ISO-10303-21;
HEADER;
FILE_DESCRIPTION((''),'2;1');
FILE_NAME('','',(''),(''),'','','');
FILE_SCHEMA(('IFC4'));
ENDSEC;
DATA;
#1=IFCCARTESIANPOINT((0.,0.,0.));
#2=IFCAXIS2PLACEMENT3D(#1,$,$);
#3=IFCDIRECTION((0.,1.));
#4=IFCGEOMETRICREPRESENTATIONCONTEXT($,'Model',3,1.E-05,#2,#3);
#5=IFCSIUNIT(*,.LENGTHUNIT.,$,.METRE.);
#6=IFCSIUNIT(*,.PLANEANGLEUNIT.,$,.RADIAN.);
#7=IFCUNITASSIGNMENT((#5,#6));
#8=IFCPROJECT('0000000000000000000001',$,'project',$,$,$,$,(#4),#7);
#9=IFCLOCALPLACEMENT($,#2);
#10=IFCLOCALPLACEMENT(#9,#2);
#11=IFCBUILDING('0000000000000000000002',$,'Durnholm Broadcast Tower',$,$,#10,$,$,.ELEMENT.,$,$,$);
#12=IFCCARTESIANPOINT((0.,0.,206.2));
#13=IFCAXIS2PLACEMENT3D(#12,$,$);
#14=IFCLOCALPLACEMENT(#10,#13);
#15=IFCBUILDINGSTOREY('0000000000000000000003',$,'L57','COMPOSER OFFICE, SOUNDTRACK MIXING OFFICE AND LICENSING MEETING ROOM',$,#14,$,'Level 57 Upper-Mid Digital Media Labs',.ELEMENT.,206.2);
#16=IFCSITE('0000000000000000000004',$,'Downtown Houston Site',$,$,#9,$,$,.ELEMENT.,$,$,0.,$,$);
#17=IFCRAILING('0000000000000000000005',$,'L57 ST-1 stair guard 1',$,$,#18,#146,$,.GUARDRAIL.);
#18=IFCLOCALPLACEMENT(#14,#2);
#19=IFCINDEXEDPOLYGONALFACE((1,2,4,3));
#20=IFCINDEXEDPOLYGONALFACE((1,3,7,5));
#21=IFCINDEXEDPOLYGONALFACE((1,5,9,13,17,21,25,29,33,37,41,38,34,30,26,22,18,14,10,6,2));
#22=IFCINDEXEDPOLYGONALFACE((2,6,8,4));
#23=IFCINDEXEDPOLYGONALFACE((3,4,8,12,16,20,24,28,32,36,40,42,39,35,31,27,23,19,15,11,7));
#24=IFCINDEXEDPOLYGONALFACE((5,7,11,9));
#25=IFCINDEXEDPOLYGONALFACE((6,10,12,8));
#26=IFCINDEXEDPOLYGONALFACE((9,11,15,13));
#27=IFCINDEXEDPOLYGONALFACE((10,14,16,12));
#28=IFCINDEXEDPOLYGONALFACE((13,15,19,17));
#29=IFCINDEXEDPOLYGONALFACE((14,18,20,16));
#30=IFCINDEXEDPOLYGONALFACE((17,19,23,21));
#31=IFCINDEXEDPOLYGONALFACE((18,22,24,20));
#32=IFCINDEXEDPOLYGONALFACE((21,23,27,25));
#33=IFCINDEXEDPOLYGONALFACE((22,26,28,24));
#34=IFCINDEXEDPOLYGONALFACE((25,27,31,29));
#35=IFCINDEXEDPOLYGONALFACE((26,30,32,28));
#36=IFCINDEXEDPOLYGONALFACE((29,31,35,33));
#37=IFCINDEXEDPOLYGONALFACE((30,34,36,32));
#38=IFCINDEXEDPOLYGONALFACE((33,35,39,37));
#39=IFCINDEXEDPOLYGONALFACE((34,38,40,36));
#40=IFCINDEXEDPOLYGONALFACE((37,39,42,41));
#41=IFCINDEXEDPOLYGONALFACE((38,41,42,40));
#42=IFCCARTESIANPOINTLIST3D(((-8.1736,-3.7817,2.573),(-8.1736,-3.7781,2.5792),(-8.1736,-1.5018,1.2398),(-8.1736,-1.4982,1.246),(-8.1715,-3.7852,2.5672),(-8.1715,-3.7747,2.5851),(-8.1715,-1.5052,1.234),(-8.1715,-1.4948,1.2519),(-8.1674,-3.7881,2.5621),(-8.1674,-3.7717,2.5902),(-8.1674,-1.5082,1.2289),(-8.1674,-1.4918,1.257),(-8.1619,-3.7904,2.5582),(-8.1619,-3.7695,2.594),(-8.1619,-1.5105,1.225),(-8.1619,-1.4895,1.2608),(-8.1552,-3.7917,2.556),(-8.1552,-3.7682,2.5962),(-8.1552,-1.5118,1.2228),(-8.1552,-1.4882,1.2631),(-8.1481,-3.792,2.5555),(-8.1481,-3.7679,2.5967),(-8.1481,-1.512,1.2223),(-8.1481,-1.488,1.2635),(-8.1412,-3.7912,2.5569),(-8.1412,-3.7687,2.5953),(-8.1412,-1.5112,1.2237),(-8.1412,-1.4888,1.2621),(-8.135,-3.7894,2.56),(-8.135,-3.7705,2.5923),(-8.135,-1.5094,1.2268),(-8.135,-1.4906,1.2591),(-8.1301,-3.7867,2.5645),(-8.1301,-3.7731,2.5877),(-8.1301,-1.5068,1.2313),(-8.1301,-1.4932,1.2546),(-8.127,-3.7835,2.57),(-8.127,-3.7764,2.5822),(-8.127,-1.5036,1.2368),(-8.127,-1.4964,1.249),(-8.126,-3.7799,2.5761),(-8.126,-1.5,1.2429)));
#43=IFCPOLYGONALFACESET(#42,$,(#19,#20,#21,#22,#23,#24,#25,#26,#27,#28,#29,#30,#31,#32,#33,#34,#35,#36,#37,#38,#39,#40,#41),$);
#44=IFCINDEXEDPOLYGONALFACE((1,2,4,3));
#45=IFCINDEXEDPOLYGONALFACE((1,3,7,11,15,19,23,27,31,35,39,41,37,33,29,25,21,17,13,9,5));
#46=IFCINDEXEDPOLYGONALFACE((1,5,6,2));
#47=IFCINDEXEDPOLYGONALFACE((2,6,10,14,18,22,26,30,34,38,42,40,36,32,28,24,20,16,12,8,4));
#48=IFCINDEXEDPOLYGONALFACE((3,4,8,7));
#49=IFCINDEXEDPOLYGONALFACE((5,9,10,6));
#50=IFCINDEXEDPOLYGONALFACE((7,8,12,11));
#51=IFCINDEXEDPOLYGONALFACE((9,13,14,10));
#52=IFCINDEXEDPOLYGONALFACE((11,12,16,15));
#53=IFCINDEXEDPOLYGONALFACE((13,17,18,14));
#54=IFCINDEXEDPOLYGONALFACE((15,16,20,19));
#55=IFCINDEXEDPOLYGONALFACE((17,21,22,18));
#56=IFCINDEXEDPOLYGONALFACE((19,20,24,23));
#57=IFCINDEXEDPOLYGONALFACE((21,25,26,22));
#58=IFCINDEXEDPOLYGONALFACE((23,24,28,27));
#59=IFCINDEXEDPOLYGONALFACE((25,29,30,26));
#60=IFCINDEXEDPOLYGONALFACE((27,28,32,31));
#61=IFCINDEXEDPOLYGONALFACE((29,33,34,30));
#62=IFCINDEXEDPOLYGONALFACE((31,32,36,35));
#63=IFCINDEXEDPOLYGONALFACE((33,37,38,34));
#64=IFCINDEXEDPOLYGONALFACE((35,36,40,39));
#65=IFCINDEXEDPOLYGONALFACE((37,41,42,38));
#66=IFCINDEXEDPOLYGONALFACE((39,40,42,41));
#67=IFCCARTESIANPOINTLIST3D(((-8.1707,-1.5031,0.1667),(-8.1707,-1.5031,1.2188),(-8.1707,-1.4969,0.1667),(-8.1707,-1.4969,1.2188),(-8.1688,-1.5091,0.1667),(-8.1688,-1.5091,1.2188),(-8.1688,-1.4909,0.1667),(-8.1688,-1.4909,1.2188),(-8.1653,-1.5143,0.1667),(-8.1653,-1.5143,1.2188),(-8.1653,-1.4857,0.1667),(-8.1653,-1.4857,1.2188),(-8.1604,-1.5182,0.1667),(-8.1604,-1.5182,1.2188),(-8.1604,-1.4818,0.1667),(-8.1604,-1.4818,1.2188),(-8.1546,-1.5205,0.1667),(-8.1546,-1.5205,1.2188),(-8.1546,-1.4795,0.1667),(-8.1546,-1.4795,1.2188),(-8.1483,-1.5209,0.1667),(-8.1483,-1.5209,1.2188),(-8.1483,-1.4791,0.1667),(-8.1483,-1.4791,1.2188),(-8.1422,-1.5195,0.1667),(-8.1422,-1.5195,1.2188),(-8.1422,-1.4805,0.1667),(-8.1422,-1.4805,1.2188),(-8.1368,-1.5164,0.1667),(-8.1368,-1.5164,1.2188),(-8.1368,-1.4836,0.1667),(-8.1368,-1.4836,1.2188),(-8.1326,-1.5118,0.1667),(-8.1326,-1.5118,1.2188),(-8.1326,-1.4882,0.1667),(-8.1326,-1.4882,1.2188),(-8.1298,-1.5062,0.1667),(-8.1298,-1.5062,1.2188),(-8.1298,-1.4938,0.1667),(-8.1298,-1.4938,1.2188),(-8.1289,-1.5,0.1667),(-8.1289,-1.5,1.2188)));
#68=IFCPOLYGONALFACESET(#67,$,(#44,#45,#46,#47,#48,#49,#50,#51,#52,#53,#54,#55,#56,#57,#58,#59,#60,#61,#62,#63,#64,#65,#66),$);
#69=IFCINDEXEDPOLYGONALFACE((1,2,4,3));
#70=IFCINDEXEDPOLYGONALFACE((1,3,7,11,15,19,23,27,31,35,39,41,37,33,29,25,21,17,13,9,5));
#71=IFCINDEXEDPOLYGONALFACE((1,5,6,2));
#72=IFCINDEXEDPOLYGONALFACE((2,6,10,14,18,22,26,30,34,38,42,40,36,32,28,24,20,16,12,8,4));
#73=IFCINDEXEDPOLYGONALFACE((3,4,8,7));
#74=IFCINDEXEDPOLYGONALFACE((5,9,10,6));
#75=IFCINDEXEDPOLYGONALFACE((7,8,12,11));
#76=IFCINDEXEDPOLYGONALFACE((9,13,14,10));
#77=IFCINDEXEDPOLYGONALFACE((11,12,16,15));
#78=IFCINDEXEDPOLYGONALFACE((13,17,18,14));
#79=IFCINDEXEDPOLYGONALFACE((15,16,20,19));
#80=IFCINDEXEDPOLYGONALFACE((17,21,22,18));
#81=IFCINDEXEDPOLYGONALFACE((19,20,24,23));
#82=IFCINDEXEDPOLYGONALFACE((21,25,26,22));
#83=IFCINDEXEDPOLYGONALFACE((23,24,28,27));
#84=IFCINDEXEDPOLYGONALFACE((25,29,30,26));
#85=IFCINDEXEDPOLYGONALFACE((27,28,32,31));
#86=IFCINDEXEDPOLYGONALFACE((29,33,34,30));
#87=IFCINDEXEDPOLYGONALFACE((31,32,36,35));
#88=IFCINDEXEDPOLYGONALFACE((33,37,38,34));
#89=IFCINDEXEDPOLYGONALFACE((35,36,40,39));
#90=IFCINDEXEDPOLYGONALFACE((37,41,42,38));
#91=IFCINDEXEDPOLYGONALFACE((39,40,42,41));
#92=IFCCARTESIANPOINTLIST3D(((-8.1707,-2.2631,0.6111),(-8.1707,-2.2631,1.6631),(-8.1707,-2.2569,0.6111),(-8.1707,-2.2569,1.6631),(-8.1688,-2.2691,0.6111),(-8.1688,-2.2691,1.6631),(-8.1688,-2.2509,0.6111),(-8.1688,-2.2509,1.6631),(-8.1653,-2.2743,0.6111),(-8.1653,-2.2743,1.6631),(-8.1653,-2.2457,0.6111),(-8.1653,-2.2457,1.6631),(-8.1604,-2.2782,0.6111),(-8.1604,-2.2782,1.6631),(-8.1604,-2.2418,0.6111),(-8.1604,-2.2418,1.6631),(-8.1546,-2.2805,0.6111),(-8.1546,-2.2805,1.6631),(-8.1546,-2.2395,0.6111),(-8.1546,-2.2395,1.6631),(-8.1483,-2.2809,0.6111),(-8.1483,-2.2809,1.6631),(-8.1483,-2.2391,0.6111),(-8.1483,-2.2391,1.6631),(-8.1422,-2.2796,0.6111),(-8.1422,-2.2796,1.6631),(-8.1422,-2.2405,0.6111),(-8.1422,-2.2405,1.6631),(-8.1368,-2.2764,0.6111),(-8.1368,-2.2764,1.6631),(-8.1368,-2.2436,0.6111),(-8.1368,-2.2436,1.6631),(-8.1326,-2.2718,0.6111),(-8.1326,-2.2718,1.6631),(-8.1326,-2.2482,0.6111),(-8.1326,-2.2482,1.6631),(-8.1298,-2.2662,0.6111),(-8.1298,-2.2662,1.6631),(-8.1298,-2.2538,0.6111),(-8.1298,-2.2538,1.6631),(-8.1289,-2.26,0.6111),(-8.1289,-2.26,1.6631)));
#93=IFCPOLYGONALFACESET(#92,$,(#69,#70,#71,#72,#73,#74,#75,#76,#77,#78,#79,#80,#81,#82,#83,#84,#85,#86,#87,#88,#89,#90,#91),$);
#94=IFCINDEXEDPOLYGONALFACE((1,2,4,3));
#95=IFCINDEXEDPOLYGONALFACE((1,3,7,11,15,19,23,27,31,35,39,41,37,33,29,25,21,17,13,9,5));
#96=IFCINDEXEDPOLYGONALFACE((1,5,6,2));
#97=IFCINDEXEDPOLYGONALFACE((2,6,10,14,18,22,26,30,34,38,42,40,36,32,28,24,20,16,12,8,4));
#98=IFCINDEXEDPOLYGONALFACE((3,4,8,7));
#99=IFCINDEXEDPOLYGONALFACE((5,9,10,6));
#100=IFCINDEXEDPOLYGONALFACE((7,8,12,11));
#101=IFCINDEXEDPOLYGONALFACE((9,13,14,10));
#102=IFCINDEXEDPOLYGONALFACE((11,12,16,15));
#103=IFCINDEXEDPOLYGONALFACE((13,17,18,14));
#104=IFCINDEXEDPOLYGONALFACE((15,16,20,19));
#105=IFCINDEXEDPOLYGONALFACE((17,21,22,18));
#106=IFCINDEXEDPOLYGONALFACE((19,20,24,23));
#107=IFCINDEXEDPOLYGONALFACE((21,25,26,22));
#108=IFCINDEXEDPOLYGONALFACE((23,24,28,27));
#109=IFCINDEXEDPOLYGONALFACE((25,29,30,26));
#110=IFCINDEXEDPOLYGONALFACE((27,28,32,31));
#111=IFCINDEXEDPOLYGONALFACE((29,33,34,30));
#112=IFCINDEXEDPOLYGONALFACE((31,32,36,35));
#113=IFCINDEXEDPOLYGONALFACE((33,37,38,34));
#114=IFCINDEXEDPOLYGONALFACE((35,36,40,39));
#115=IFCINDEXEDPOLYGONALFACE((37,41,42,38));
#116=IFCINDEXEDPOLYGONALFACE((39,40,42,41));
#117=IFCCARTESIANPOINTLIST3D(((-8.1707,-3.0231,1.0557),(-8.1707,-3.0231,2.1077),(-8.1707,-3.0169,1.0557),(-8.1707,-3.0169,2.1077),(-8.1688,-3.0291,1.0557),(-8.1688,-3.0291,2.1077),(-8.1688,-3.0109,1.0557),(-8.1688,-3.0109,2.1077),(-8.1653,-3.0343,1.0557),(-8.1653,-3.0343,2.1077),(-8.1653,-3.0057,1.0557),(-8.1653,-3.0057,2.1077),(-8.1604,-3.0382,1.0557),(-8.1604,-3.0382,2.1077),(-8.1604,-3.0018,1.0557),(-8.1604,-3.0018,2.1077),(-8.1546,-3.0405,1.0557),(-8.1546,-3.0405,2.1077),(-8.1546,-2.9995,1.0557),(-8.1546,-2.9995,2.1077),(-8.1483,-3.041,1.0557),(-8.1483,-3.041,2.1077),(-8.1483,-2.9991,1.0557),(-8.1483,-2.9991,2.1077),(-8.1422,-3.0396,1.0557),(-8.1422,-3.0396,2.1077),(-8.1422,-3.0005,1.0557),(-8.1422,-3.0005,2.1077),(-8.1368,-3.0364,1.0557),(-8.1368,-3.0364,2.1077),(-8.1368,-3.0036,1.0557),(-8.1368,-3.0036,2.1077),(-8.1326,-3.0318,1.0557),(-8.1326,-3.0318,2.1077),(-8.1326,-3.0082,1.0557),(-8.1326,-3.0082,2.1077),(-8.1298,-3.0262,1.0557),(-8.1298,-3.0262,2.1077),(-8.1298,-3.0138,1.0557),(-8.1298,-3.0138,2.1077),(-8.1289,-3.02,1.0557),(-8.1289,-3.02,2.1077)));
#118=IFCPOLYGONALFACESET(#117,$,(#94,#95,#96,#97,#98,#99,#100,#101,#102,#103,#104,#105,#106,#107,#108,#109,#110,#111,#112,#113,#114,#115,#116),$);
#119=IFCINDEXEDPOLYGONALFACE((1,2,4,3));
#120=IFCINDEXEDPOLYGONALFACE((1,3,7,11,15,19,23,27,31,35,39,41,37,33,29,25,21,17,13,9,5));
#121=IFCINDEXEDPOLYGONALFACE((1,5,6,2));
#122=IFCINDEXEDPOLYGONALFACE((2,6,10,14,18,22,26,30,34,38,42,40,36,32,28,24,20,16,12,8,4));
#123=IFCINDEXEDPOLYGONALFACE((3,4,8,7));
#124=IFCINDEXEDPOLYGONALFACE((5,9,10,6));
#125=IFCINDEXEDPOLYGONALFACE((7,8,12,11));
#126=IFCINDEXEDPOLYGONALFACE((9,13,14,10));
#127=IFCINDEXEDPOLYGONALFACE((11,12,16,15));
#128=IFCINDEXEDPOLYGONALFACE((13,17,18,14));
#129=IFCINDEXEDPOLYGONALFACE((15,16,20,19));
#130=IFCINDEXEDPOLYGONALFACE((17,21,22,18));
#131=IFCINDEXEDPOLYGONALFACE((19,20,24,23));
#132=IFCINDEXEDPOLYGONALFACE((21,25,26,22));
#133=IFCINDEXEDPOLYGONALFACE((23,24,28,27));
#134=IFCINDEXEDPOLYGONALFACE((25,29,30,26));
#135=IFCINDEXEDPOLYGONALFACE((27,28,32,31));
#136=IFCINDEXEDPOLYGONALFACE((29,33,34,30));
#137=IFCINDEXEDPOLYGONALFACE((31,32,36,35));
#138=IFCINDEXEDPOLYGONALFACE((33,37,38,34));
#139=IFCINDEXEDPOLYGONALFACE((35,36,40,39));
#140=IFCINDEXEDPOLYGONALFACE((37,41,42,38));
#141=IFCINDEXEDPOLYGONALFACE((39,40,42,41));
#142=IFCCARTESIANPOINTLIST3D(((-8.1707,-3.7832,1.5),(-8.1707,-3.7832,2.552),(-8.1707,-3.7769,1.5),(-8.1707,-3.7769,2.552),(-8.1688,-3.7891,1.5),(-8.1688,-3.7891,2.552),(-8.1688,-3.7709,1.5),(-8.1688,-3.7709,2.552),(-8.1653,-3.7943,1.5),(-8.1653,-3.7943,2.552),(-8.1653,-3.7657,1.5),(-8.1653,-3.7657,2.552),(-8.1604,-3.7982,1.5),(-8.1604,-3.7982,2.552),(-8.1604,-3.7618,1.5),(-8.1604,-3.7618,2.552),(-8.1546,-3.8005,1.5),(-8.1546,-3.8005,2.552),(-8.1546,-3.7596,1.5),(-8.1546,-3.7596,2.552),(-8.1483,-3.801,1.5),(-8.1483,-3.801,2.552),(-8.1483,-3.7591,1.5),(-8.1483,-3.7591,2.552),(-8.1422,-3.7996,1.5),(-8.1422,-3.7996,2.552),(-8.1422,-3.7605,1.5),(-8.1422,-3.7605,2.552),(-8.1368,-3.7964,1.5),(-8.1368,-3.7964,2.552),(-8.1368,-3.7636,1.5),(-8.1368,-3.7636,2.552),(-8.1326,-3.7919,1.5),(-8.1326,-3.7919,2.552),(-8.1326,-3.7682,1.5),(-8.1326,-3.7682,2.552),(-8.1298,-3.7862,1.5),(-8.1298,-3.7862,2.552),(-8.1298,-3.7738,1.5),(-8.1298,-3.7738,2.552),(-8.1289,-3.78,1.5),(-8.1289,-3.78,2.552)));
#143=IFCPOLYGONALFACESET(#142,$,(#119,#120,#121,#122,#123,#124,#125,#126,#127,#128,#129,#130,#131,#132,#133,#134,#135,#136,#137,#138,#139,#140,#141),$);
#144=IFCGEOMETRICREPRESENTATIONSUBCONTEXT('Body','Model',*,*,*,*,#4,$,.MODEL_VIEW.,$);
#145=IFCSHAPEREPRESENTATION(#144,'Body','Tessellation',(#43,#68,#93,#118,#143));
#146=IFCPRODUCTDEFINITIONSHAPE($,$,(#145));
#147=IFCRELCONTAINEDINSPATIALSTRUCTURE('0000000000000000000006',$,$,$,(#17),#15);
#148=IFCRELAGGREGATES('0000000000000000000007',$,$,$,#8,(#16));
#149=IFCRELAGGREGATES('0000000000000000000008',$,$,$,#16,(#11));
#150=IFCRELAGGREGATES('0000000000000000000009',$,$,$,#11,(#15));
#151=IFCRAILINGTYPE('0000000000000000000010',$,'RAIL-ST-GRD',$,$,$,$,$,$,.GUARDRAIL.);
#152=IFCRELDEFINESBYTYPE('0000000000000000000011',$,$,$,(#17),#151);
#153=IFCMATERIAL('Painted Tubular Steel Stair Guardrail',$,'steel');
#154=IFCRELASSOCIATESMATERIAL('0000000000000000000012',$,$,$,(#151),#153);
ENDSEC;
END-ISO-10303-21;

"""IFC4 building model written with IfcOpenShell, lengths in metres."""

from ifc_helpers import new_model, si_unit, direction, frame, origin, origin_2d, place, context, subcontext, project, spatial, circle, extrude, material, type_object, element, save


model = new_model("IFC4")

# Units and contexts
model_context = context("Model", 3, precision=1e-05, world=origin(), true_north=direction((0.0, 1.0)))
body_context = subcontext(model_context, "Body", "Model", "MODEL_VIEW")
ifc_project = project(units=[si_unit("LENGTHUNIT", "METRE"), si_unit("PLANEANGLEUNIT", "RADIAN")], contexts=[model_context])

# Site, building, storey
site_placement = place(None, origin())
site = spatial("IfcSite", under=ifc_project, at=site_placement, Name="Downtown Houston Site", CompositionType="ELEMENT", RefElevation=0.0)
building_placement = place(site_placement, origin())
building = spatial("IfcBuilding", under=site, at=building_placement, Name="Durnholm Broadcast Tower", CompositionType="ELEMENT")
storey_placement = place(building_placement, frame((0.0, 0.0, 206.2)))
storey = spatial("IfcBuildingStorey", under=building, at=storey_placement, Name="L57", Description="COMPOSER OFFICE, SOUNDTRACK MIXING OFFICE AND LICENSING MEETING ROOM", LongName="Level 57 Upper-Mid Digital Media Labs", CompositionType="ELEMENT", Elevation=206.2)

# Railing
ifc_material_1 = material(Name="Painted Tubular Steel Stair Guardrail", Category="steel")
railing_type_1 = type_object("IfcRailingType", Name="RAIL-ST-GRD", PredefinedType="GUARDRAIL", material=ifc_material_1)
railing_1_placement = place(storey_placement, frame((-8.1499, -1.5, 0.1667)))
element("IfcRailing", 1, at=railing_1_placement, inside=storey, type_object=railing_type_1, Name="L57 ST-1 stair guard 1", PredefinedType="GUARDRAIL", context=body_context, shape_type="SweptSolid", body=[
    extrude(circle(Radius=0.0239, at=origin_2d()), frame((0.0, 0.0, 1.0762), z_axis=(0.0, -0.863245, 0.504785), x_axis=(1.0, 0.0, 0.0)), (0.0, 0.0, 1.0), 2.6411),
    extrude(circle(Radius=0.021, at=origin_2d()), origin(), (0.0, 0.0, 1.0), 1.052),
    extrude(circle(Radius=0.021, at=origin_2d()), frame((0.0, -0.76, 0.4443)), (0.0, 0.0, 1.0), 1.052),
    extrude(circle(Radius=0.021, at=origin_2d()), frame((0.0, -1.52, 0.8889)), (0.0, 0.0, 1.0), 1.052),
    extrude(circle(Radius=0.021, at=origin_2d()), frame((0.0, -2.28, 1.3333)), (0.0, 0.0, 1.0), 1.052),
])

save(model, "model.ifc")
